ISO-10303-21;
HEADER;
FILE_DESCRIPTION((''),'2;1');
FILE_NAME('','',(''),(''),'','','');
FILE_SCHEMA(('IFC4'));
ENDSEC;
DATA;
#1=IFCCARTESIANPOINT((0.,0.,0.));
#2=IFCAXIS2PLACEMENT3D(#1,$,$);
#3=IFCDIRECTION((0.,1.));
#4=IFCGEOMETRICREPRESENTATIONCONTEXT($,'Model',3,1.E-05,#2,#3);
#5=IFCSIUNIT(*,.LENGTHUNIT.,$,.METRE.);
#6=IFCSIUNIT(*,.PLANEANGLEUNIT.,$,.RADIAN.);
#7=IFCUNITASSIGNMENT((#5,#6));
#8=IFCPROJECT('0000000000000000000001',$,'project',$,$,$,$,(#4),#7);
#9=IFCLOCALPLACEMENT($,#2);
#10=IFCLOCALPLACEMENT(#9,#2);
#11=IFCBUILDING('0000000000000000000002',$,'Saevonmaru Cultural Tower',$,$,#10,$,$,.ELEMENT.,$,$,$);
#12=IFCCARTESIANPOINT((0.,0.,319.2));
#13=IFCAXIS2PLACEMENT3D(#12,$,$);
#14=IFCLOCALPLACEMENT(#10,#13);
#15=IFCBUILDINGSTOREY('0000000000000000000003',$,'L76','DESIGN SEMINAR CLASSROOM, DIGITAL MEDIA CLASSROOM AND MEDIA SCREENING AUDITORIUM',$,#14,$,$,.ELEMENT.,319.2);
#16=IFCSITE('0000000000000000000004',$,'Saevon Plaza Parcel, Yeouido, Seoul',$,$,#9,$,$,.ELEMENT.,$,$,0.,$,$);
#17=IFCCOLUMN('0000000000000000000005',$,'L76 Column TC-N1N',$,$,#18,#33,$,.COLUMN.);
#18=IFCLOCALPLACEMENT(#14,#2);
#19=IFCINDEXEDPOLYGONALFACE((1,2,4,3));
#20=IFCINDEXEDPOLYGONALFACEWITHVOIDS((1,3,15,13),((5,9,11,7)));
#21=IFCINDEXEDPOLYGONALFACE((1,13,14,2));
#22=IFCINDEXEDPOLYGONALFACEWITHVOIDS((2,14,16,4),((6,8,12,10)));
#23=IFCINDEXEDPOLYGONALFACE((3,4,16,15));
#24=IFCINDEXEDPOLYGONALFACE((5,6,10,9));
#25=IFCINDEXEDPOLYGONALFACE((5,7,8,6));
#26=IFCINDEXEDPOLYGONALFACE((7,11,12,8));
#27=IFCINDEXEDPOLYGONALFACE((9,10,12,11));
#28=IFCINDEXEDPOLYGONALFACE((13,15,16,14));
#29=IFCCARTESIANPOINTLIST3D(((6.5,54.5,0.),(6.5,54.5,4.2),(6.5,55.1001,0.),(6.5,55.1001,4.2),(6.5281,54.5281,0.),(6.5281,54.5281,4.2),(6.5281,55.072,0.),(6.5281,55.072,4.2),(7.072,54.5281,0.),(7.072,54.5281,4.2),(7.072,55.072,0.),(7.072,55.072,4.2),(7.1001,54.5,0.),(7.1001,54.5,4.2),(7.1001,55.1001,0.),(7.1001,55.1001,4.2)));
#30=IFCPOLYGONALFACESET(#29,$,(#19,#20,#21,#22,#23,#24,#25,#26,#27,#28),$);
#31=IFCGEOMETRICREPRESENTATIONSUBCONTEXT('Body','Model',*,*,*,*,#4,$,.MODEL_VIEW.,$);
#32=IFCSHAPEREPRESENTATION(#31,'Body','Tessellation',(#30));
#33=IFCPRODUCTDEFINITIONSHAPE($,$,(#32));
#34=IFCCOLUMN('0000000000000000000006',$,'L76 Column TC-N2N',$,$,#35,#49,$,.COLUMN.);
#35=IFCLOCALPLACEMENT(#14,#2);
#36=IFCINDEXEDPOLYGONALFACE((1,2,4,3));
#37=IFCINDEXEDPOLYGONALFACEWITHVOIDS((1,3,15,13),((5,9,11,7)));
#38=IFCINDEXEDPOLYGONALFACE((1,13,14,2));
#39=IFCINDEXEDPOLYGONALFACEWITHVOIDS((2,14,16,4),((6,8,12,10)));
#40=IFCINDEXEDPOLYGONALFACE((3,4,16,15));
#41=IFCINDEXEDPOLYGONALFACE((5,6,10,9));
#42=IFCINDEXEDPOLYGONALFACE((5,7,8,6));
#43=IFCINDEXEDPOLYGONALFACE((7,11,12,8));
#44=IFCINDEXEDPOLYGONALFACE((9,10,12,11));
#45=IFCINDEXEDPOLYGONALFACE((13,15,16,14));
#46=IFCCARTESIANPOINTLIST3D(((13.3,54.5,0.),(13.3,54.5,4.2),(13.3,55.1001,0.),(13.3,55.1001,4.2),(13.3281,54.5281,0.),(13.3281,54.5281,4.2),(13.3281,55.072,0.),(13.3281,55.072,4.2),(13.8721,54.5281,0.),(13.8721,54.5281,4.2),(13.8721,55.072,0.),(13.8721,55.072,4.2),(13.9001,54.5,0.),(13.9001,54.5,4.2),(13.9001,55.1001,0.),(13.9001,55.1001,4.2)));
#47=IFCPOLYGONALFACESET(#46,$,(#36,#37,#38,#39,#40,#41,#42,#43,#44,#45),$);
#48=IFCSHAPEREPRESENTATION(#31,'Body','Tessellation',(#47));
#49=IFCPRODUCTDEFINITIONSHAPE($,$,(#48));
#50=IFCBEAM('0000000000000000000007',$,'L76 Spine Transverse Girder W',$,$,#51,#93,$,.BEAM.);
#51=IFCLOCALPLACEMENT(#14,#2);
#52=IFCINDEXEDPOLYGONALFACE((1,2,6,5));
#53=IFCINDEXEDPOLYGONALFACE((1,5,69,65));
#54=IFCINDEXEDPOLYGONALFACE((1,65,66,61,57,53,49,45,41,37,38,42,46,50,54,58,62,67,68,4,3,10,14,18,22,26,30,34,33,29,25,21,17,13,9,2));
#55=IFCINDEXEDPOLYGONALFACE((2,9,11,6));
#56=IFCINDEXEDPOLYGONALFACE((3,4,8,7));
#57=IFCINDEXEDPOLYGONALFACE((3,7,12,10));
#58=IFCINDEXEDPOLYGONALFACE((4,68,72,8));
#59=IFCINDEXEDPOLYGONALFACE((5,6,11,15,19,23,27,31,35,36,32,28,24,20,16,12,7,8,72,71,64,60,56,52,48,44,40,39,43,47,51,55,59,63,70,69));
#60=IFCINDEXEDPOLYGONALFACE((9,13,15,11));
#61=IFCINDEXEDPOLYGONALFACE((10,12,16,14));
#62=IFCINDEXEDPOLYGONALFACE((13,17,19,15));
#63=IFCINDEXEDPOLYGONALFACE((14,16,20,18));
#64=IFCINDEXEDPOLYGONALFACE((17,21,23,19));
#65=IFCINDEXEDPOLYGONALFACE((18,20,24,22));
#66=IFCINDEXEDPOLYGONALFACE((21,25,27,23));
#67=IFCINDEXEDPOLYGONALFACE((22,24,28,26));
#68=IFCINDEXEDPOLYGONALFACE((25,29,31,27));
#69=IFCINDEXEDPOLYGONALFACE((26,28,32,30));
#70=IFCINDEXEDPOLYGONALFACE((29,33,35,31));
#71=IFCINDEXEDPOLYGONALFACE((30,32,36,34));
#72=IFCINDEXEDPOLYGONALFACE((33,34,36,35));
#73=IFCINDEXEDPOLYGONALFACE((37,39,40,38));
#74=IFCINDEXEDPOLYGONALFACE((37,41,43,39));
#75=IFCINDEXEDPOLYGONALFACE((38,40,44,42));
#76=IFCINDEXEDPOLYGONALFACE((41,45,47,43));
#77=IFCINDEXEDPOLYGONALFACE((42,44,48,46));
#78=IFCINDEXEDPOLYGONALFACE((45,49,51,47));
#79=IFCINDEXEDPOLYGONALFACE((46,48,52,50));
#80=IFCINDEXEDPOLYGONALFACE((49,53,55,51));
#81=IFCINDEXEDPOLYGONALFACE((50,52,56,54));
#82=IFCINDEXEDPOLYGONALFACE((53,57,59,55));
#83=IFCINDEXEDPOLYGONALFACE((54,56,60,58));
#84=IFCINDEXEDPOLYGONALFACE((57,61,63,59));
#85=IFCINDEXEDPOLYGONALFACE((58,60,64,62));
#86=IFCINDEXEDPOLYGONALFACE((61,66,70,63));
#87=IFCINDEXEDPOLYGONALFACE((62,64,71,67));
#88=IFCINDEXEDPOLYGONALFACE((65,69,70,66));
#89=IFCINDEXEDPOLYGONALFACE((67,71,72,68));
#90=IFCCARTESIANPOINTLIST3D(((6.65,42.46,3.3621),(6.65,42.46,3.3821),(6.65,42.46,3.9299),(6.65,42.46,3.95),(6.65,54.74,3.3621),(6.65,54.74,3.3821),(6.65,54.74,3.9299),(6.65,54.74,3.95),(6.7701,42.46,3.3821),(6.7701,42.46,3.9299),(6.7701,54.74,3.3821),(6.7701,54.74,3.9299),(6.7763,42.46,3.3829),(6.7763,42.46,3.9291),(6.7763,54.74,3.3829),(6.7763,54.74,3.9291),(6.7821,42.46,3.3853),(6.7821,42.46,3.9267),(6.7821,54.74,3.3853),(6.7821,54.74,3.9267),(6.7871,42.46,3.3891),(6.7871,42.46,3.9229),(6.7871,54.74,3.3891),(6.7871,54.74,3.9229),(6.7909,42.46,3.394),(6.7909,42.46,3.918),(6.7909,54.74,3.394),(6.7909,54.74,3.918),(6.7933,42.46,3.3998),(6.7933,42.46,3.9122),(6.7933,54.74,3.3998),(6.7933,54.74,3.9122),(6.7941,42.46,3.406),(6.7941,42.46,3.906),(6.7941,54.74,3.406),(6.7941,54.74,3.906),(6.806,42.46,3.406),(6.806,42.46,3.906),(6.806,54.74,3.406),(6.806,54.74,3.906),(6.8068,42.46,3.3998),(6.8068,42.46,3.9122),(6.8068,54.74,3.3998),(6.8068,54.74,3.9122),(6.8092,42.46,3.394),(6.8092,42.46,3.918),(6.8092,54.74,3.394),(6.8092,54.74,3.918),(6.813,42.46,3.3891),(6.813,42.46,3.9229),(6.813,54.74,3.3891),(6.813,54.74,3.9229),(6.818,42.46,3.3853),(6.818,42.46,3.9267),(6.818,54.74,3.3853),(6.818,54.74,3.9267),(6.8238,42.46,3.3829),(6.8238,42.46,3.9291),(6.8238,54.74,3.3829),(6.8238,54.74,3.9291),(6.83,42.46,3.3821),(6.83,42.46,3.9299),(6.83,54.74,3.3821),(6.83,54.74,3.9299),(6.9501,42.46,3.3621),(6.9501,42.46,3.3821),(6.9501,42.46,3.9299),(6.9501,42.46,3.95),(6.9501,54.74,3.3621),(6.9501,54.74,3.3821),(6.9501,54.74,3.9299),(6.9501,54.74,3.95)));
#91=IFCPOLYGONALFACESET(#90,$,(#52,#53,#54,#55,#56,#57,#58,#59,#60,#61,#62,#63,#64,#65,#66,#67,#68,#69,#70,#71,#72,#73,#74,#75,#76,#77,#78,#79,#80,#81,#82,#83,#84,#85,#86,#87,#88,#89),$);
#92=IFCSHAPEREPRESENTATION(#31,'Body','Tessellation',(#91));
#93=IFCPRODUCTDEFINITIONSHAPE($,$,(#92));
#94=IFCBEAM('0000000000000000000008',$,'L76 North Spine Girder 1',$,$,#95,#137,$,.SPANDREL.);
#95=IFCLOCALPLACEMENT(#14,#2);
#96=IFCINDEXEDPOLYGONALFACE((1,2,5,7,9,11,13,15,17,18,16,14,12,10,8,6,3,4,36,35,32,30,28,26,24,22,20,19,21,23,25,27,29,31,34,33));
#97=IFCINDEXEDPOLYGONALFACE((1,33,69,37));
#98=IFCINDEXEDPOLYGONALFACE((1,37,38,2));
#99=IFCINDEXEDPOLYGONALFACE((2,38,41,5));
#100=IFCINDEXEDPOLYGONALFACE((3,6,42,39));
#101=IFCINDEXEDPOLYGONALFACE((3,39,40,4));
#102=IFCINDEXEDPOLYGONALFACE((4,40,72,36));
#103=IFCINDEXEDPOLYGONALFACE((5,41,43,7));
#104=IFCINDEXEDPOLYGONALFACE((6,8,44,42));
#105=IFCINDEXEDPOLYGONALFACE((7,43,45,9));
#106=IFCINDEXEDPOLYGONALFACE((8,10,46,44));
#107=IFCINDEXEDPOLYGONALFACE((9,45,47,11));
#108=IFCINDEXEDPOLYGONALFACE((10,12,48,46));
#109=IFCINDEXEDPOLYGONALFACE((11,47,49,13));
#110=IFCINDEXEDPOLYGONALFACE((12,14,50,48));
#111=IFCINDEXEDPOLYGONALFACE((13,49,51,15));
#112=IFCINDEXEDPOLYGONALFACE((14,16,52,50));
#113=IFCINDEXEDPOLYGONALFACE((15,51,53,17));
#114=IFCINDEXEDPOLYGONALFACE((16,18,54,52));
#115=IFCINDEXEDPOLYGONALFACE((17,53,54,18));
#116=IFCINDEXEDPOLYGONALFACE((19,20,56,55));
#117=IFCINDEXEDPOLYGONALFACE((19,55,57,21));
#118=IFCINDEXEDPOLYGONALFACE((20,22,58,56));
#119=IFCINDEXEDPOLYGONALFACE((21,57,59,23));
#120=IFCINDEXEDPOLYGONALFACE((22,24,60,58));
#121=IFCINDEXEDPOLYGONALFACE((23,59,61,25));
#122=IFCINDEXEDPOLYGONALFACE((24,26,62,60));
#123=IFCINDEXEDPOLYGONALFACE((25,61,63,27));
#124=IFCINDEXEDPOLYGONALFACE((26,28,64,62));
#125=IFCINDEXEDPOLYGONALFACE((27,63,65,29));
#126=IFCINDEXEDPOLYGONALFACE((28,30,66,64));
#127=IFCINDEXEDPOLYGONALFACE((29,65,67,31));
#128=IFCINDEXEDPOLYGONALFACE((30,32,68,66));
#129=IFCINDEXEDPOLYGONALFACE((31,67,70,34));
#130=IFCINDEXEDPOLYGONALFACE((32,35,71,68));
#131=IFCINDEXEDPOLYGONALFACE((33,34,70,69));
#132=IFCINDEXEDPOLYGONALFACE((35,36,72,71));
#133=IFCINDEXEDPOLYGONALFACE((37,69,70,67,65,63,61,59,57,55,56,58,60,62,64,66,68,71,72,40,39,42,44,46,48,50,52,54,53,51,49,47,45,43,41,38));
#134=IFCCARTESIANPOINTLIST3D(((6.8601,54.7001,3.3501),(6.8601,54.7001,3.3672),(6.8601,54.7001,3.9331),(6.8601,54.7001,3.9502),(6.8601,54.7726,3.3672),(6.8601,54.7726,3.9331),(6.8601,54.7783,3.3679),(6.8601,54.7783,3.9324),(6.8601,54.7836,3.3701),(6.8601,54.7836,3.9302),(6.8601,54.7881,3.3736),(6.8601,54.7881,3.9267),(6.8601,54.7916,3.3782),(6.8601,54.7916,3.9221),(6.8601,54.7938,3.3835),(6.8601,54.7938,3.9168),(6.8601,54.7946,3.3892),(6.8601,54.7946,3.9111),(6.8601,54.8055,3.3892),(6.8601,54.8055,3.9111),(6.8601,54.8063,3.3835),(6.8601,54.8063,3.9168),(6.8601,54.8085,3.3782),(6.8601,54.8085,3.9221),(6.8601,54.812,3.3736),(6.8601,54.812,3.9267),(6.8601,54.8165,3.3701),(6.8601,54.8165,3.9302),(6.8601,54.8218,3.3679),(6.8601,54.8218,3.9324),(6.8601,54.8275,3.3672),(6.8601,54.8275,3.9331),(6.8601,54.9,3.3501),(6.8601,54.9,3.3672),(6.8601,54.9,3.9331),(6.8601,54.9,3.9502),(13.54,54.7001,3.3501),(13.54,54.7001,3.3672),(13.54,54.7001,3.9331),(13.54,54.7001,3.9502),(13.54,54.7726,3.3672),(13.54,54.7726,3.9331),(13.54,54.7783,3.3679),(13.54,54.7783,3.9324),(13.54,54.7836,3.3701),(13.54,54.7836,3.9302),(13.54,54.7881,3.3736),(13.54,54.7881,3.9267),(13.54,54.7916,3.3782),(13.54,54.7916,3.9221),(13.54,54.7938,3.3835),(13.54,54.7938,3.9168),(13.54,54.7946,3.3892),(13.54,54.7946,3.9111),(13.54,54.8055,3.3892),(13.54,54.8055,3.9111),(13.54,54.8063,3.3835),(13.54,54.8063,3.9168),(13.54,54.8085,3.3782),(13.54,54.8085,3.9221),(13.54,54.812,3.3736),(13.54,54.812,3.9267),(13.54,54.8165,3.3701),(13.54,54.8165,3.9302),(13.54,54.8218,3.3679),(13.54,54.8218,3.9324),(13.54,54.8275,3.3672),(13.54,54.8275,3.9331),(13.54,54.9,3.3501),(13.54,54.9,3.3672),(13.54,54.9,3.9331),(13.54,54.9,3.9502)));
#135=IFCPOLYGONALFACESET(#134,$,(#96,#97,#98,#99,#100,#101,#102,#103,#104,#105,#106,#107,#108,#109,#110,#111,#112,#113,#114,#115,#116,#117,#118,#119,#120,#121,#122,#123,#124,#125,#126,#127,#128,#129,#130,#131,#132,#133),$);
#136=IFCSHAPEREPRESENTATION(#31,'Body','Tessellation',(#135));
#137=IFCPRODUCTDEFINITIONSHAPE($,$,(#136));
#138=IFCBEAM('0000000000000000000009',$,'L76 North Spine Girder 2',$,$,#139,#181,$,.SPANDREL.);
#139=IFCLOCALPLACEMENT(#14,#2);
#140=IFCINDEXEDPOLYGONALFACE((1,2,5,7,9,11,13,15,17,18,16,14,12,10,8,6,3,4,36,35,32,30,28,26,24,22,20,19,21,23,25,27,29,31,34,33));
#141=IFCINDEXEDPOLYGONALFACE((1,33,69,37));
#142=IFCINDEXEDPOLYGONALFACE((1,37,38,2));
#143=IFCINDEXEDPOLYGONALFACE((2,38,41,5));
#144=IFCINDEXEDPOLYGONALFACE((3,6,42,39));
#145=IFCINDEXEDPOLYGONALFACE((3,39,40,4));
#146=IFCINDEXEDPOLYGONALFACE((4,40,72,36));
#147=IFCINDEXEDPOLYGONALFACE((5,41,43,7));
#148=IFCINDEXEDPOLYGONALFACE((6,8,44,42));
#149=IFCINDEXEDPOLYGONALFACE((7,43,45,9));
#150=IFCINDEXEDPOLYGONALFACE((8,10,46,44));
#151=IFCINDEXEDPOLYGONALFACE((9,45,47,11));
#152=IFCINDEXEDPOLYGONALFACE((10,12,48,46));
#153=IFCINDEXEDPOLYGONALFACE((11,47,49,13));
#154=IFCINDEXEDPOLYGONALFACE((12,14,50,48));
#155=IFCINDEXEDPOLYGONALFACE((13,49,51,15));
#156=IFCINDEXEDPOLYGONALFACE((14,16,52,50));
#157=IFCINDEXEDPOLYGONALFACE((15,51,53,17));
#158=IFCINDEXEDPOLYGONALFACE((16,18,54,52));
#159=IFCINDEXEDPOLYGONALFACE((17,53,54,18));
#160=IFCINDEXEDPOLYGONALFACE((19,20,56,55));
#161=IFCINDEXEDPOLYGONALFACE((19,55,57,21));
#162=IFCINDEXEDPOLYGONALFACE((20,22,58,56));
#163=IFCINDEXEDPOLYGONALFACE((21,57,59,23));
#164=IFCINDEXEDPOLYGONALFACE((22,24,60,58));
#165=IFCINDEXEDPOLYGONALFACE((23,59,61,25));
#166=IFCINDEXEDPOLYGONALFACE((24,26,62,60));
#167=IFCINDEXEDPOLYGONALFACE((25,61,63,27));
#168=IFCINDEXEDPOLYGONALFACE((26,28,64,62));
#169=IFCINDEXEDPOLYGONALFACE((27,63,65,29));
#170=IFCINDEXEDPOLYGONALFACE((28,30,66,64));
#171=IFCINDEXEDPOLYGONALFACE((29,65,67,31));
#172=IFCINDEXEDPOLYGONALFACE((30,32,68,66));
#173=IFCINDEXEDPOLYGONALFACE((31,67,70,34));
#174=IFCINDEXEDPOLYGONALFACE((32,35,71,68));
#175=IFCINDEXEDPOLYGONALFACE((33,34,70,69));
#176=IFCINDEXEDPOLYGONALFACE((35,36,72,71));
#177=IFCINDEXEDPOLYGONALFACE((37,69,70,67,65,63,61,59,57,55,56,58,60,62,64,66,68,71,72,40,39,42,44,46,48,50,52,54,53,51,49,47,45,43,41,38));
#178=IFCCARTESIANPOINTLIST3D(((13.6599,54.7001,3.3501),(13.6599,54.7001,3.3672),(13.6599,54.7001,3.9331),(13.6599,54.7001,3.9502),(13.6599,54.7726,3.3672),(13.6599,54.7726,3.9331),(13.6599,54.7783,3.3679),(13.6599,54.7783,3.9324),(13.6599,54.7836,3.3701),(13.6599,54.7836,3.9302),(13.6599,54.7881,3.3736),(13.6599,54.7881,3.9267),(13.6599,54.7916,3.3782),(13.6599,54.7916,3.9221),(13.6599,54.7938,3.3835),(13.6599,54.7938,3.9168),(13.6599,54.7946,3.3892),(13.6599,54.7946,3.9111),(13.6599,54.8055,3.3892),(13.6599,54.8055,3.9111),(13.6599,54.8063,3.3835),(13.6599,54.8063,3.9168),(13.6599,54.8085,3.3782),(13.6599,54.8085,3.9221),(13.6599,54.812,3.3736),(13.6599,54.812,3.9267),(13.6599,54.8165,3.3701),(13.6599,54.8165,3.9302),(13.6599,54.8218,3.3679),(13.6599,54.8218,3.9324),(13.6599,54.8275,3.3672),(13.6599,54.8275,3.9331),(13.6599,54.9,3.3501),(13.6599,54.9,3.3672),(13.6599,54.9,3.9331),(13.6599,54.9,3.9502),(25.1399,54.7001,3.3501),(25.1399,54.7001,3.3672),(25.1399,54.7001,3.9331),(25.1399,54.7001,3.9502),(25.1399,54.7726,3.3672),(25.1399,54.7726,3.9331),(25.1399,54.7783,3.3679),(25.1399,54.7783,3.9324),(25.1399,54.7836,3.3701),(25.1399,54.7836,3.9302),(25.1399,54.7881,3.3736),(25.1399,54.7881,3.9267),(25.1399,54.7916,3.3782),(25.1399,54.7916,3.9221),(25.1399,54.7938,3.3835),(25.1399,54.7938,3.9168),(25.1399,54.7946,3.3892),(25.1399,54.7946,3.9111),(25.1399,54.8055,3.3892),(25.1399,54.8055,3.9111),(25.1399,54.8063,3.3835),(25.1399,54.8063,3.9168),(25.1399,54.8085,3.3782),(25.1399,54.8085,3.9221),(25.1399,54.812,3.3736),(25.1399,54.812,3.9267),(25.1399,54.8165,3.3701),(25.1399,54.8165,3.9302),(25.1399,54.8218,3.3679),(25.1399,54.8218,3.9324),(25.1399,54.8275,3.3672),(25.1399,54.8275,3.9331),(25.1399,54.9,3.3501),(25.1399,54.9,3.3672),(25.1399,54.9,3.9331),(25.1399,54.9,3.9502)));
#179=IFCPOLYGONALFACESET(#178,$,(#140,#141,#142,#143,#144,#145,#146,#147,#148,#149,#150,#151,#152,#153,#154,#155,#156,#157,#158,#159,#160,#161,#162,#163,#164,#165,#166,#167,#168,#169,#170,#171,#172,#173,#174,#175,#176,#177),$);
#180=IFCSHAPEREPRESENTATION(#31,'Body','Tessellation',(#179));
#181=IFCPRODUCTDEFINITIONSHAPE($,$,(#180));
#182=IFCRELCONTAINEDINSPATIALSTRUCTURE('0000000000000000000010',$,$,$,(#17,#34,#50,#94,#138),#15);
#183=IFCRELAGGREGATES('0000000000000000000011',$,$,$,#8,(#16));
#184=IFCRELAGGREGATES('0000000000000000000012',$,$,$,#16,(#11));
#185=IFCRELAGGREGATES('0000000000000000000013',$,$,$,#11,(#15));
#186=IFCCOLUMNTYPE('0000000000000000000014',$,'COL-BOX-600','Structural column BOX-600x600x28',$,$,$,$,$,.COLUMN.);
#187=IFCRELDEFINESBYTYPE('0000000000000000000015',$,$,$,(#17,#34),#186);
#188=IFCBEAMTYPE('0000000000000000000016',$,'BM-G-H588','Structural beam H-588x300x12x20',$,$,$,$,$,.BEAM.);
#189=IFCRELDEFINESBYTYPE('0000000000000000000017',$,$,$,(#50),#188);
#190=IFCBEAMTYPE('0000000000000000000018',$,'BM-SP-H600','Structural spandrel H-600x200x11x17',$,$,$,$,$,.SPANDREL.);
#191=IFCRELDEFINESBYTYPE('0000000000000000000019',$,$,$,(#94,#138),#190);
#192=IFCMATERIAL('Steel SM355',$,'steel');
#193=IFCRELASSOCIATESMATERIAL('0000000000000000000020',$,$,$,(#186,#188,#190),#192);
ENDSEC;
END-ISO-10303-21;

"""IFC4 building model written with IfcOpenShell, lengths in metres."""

from ifc_helpers import new_model, si_unit, direction, frame, origin, origin_2d, place, context, subcontext, project, spatial, hollow_rectangle, i_section, extrude, material, material_profile, profile_set, type_object, element, save


model = new_model("IFC4")

# Units and contexts
model_context = context("Model", 3, precision=1e-05, world=origin(), true_north=direction((0.0, 1.0)))
body_context = subcontext(model_context, "Body", "Model", "MODEL_VIEW")
ifc_project = project(units=[si_unit("LENGTHUNIT", "METRE"), si_unit("PLANEANGLEUNIT", "RADIAN")], contexts=[model_context])

# Site, building, storey
site_placement = place(None, origin())
site = spatial("IfcSite", under=ifc_project, at=site_placement, Name="Saevon Plaza Parcel, Yeouido, Seoul", CompositionType="ELEMENT", RefElevation=0.0)
building_placement = place(site_placement, origin())
building = spatial("IfcBuilding", under=site, at=building_placement, Name="Saevonmaru Cultural Tower", CompositionType="ELEMENT")
storey_placement = place(building_placement, frame((0.0, 0.0, 319.2)))
storey = spatial("IfcBuildingStorey", under=building, at=storey_placement, Name="L76", Description="DESIGN SEMINAR CLASSROOM, DIGITAL MEDIA CLASSROOM AND MEDIA SCREENING AUDITORIUM", CompositionType="ELEMENT", Elevation=319.2)

# Columns
ifc_material_1 = material(Name="Steel SM355", Category="steel")
ifc_material_profile_1 = material_profile(ifc_material_1, hollow_rectangle(XDim=0.6001, YDim=0.6001, WallThickness=0.0281, at=origin_2d()), Name="BOX-600x600x28")
ifc_profile_set_1 = profile_set([ifc_material_profile_1], Name="Steel SM355")
column_type = type_object("IfcColumnType", Name="COL-BOX-600", Description="Structural column BOX-600x600x28", PredefinedType="COLUMN", material=ifc_profile_set_1)
for number, where, z_axis, x_axis, name in (
    (1, (6.8, 54.8, 0.0), (0.0, 0.0, 1.0), (1.0, 0.0, 0.0), "L76 Column TC-N1N"),
    (2, (13.6001, 54.8, 0.0), (0.0, 0.0, 1.0), (1.0, 0.0, 0.0), "L76 Column TC-N2N"),
):
    element("IfcColumn", number, at=place(storey_placement, frame(where, z_axis=z_axis, x_axis=x_axis)), inside=storey, type_object=column_type, Name=name, PredefinedType="COLUMN", context=body_context, shape_type="SweptSolid", body=[
        extrude(hollow_rectangle(XDim=0.6001, YDim=0.6001, WallThickness=0.0281, at=origin_2d()), origin(), (0.0, 0.0, 1.0), 4.2),
    ])

# Beams
ifc_material_profile_2 = material_profile(ifc_material_1, i_section(OverallWidth=0.3, OverallDepth=0.5879, WebThickness=0.012, FlangeThickness=0.02, FilletRadius=0.0239, at=origin_2d()), Name="H-588x300x12x20")
ifc_profile_set_2 = profile_set([ifc_material_profile_2], Name="Steel SM355")
beam_type_1 = type_object("IfcBeamType", Name="BM-G-H588", Description="Structural beam H-588x300x12x20", PredefinedType="BEAM", material=ifc_profile_set_2)
beam_1_placement = place(storey_placement, frame((6.8, 54.74, 3.656), z_axis=(0.0, -1.0, 0.0), x_axis=(1.0, 0.0, 0.0)))
element("IfcBeam", 3, at=beam_1_placement, inside=storey, type_object=beam_type_1, Name="L76 Spine Transverse Girder W", PredefinedType="BEAM", context=body_context, shape_type="SweptSolid", body=[
    extrude(i_section(OverallWidth=0.3, OverallDepth=0.5879, WebThickness=0.012, FlangeThickness=0.02, FilletRadius=0.0239, at=origin_2d()), origin(), (0.0, 0.0, 1.0), 12.28),
])
ifc_material_profile_3 = material_profile(ifc_material_1, i_section(OverallWidth=0.2, OverallDepth=0.6001, WebThickness=0.011, FlangeThickness=0.0171, FilletRadius=0.022, at=origin_2d()), Name="H-600x200x11x17")
ifc_profile_set_3 = profile_set([ifc_material_profile_3], Name="Steel SM355")
beam_type_2 = type_object("IfcBeamType", Name="BM-SP-H600", Description="Structural spandrel H-600x200x11x17", PredefinedType="SPANDREL", material=ifc_profile_set_3)
beam_2_placement = place(storey_placement, frame((6.8601, 54.8, 3.6501), z_axis=(1.0, 0.0, 0.0), x_axis=(0.0, 1.0, 0.0)))
element("IfcBeam", 4, at=beam_2_placement, inside=storey, type_object=beam_type_2, Name="L76 North Spine Girder 1", PredefinedType="SPANDREL", context=body_context, shape_type="SweptSolid", body=[
    extrude(i_section(OverallWidth=0.2, OverallDepth=0.6001, WebThickness=0.011, FlangeThickness=0.0171, FilletRadius=0.022, at=origin_2d()), origin(), (0.0, 0.0, 1.0), 6.6799),
])
beam_3_placement = place(storey_placement, frame((13.6599, 54.8, 3.6501), z_axis=(1.0, 0.0, 0.0), x_axis=(0.0, 1.0, 0.0)))
element("IfcBeam", 5, at=beam_3_placement, inside=storey, type_object=beam_type_2, Name="L76 North Spine Girder 2", PredefinedType="SPANDREL", context=body_context, shape_type="SweptSolid", body=[
    extrude(i_section(OverallWidth=0.2, OverallDepth=0.6001, WebThickness=0.011, FlangeThickness=0.0171, FilletRadius=0.022, at=origin_2d()), origin(), (0.0, 0.0, 1.0), 11.48),
])

save(model, "model.ifc")
